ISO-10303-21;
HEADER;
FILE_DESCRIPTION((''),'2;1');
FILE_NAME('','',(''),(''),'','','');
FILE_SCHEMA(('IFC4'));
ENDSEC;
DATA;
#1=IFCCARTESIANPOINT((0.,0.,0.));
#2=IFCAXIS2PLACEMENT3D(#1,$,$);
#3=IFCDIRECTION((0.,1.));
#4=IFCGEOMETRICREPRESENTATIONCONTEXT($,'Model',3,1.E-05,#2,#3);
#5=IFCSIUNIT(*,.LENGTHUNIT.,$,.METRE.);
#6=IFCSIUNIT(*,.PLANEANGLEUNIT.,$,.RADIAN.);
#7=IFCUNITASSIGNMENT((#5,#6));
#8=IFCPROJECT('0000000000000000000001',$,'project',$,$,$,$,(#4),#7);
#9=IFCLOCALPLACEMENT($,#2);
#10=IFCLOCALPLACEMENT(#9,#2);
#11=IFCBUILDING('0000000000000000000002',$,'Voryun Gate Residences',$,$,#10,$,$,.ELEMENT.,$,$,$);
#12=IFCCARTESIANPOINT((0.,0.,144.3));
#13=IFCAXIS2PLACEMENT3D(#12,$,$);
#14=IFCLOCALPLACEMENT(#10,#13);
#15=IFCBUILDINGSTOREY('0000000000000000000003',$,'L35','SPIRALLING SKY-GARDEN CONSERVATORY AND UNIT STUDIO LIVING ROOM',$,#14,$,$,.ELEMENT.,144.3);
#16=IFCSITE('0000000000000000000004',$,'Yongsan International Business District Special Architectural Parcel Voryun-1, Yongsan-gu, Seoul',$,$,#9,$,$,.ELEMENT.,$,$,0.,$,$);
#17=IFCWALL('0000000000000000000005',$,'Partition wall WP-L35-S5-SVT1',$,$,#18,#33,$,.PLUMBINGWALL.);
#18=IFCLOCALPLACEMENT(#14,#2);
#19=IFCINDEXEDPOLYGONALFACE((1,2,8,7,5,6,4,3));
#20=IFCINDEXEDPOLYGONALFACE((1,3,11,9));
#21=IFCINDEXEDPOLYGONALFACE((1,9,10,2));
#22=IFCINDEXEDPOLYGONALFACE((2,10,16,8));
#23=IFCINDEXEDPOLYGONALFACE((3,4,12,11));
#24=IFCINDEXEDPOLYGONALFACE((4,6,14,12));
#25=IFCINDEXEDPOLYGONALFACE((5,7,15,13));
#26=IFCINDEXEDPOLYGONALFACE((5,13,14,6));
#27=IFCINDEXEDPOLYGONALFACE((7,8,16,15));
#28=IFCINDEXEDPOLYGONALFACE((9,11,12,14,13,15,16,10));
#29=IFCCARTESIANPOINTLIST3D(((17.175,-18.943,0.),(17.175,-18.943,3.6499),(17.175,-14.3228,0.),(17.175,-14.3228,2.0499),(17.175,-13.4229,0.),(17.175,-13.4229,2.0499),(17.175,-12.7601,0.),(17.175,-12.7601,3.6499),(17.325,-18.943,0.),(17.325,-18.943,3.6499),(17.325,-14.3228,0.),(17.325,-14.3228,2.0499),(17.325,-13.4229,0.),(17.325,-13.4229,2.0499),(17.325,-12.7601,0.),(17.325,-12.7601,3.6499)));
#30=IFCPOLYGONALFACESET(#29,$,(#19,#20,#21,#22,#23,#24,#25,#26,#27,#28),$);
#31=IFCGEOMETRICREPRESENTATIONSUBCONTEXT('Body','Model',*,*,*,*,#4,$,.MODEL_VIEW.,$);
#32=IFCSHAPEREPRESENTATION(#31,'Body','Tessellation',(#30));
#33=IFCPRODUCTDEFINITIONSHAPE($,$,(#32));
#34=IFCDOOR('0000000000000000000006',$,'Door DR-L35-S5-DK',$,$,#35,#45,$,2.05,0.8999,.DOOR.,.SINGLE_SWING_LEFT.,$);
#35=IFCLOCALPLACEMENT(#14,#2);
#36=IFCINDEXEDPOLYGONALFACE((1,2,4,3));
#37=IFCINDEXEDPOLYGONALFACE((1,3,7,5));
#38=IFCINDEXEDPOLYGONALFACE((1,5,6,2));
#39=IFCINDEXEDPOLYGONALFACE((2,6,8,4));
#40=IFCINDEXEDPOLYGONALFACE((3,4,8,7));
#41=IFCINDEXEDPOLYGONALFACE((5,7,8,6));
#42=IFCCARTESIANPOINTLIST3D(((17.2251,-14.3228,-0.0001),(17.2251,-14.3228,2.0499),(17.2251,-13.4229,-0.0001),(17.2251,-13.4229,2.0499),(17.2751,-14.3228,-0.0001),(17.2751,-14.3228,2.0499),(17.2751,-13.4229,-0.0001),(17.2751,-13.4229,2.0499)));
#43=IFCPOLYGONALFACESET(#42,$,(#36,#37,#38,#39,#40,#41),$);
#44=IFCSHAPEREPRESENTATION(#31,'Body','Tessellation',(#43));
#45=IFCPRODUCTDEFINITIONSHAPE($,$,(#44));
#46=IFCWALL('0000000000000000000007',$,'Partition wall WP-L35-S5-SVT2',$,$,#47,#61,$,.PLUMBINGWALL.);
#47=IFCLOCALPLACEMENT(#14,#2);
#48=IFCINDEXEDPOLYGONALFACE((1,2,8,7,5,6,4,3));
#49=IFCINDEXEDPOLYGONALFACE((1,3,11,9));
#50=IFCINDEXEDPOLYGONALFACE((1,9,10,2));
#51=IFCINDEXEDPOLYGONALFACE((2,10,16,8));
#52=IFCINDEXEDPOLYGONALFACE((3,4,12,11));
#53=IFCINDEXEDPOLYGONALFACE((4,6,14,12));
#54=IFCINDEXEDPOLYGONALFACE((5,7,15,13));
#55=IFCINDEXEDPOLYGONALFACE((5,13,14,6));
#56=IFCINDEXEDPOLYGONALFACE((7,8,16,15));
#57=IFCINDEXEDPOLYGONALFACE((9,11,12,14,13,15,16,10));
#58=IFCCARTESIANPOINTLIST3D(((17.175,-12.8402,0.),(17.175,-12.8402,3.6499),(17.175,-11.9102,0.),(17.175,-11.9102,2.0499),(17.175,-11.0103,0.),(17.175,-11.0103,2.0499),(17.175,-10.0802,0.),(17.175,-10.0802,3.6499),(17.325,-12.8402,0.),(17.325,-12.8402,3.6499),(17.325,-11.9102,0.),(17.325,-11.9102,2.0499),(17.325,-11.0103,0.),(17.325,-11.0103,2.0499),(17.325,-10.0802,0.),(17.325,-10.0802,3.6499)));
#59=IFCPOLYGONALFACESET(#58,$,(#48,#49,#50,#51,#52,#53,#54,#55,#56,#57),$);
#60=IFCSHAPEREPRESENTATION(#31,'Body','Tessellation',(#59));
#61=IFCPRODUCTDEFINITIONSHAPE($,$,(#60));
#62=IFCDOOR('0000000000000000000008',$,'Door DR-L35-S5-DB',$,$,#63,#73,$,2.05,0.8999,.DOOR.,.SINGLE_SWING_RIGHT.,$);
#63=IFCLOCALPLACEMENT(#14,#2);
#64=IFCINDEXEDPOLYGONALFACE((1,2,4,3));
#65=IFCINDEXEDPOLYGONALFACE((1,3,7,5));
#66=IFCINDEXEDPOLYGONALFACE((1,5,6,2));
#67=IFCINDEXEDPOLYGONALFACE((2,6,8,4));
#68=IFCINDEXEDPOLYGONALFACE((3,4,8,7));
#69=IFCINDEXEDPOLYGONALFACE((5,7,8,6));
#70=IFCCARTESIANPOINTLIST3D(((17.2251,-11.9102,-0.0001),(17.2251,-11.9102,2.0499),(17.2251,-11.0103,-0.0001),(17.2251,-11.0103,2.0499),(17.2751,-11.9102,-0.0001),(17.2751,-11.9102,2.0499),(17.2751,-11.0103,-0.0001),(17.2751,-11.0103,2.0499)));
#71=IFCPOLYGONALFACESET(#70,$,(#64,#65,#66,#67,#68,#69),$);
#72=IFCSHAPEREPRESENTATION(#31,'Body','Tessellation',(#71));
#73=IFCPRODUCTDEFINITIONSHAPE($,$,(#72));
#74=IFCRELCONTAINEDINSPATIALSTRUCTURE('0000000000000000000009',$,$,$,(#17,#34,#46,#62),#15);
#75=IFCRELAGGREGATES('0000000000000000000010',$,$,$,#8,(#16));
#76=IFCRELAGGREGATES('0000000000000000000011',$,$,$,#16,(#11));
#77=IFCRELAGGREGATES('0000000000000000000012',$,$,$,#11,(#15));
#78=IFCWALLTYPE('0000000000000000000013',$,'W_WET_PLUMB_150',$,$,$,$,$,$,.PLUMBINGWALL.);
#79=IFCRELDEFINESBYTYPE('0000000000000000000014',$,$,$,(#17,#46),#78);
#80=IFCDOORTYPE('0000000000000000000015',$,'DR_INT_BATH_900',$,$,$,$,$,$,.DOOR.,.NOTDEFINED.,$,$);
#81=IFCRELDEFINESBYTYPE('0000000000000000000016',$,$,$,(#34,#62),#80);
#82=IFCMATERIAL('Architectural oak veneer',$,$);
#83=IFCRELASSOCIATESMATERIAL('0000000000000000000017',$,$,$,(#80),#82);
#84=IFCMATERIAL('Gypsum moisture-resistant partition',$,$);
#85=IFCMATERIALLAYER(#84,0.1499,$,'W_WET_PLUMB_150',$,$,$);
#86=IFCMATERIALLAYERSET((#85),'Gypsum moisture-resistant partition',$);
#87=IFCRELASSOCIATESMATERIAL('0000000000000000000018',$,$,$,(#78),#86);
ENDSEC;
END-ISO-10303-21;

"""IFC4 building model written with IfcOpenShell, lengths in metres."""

from ifc_helpers import new_model, si_unit, direction, frame, frame_2d, origin, place, context, subcontext, project, spatial, rectangle, extrude, material, layer, layer_set, type_object, element, fill, save


model = new_model("IFC4")

# Units and contexts
model_context = context("Model", 3, precision=1e-05, world=origin(), true_north=direction((0.0, 1.0)))
body_context = subcontext(model_context, "Body", "Model", "MODEL_VIEW")
ifc_project = project(units=[si_unit("LENGTHUNIT", "METRE"), si_unit("PLANEANGLEUNIT", "RADIAN")], contexts=[model_context])

# Site, building, storey
site_placement = place(None, origin())
site = spatial("IfcSite", under=ifc_project, at=site_placement, Name="Yongsan International Business District Special Architectural Parcel Voryun-1, Yongsan-gu, Seoul", CompositionType="ELEMENT", RefElevation=0.0)
building_placement = place(site_placement, origin())
building = spatial("IfcBuilding", under=site, at=building_placement, Name="Voryun Gate Residences", CompositionType="ELEMENT")
storey_placement = place(building_placement, frame((0.0, 0.0, 144.3)))
storey = spatial("IfcBuildingStorey", under=building, at=storey_placement, Name="L35", Description="SPIRALLING SKY-GARDEN CONSERVATORY AND UNIT STUDIO LIVING ROOM", CompositionType="ELEMENT", Elevation=144.3)

# Shared definitions
ifc_material_1 = material(Name="Architectural oak veneer")
door_type_1 = type_object("IfcDoorType", Name="DR_INT_BATH_900", OperationType="NOTDEFINED", PredefinedType="DOOR", material=ifc_material_1)

# Shared definitions
ifc_material_2 = material(Name="Gypsum moisture-resistant partition")
ifc_layer_1 = layer(ifc_material_2, 0.1499, Name="W_WET_PLUMB_150")
ifc_layer_set_1 = layer_set([ifc_layer_1], Name="Gypsum moisture-resistant partition")
wall_type_1 = type_object("IfcWallType", Name="W_WET_PLUMB_150", PredefinedType="PLUMBINGWALL", material=ifc_layer_set_1)

# Walls, openings, doors
wall_1_placement = place(storey_placement, frame((17.25, -18.9429, 0.0), z_axis=(0.0, 0.0, 1.0), x_axis=(0.0, 1.0, 0.0)))
wall_1 = element("IfcWall", 1, at=wall_1_placement, inside=storey, type_object=wall_type_1, Name="Partition wall WP-L35-S5-SVT1", PredefinedType="PLUMBINGWALL", context=body_context, shape_type="SweptSolid", body=[
    extrude(rectangle(XDim=6.1829, YDim=0.1499, at=frame_2d((3.0913, 0.0))), origin(), (0.0, 0.0, 1.0), 3.6499),
])
opening_1_placement = place(wall_1_placement, frame((4.6201, 0.0, 0.0)))
opening_1 = element("IfcOpeningElement", 2, at=opening_1_placement, cuts=wall_1, PredefinedType="OPENING", context=body_context, shape_type="SweptSolid", body=[
    extrude(rectangle(XDim=0.8999, YDim=2.05, at=frame_2d((0.45, 1.0249))), frame((0.0, 0.085, 0.0), z_axis=(0.0, -1.0, 0.0), x_axis=(1.0, 0.0, 0.0)), (0.0, 0.0, 1.0), 0.1699),
])
door_1_placement = place(opening_1_placement, origin())
door_1 = element("IfcDoor", 3, at=door_1_placement, inside=storey, type_object=door_type_1, Name="Door DR-L35-S5-DK", OperationType="SINGLE_SWING_LEFT", OverallHeight=2.05, OverallWidth=0.8999, PredefinedType="DOOR", context=body_context, shape_type="SweptSolid", body=[
    extrude(rectangle(XDim=0.8999, YDim=2.05, at=frame_2d((0.45, 1.0249))), frame((0.0, 0.0249, 0.0), z_axis=(0.0, -1.0, 0.0), x_axis=(1.0, 0.0, 0.0)), (0.0, 0.0, 1.0), 0.05),
])
fill(opening_1, door_1)
wall_2_placement = place(storey_placement, frame((17.25, -12.8401, 0.0), z_axis=(0.0, 0.0, 1.0), x_axis=(0.0, 1.0, 0.0)))
wall_2 = element("IfcWall", 4, at=wall_2_placement, inside=storey, type_object=wall_type_1, Name="Partition wall WP-L35-S5-SVT2", PredefinedType="PLUMBINGWALL", context=body_context, shape_type="SweptSolid", body=[
    extrude(rectangle(XDim=2.76, YDim=0.1499, at=frame_2d((1.3799, 0.0))), origin(), (0.0, 0.0, 1.0), 3.6499),
])
opening_2_placement = place(wall_2_placement, frame((0.9299, 0.0, 0.0)))
opening_2 = element("IfcOpeningElement", 5, at=opening_2_placement, cuts=wall_2, PredefinedType="OPENING", context=body_context, shape_type="SweptSolid", body=[
    extrude(rectangle(XDim=0.8999, YDim=2.05, at=frame_2d((0.45, 1.0249))), frame((0.0, 0.085, 0.0), z_axis=(0.0, -1.0, 0.0), x_axis=(1.0, 0.0, 0.0)), (0.0, 0.0, 1.0), 0.1699),
])
door_2_placement = place(opening_2_placement, origin())
door_2 = element("IfcDoor", 6, at=door_2_placement, inside=storey, type_object=door_type_1, Name="Door DR-L35-S5-DB", OperationType="SINGLE_SWING_RIGHT", OverallHeight=2.05, OverallWidth=0.8999, PredefinedType="DOOR", context=body_context, shape_type="SweptSolid", body=[
    extrude(rectangle(XDim=0.8999, YDim=2.05, at=frame_2d((0.45, 1.0249))), frame((0.0, 0.0249, 0.0), z_axis=(0.0, -1.0, 0.0), x_axis=(1.0, 0.0, 0.0)), (0.0, 0.0, 1.0), 0.05),
])
fill(opening_2, door_2)

save(model, "model.ifc")
